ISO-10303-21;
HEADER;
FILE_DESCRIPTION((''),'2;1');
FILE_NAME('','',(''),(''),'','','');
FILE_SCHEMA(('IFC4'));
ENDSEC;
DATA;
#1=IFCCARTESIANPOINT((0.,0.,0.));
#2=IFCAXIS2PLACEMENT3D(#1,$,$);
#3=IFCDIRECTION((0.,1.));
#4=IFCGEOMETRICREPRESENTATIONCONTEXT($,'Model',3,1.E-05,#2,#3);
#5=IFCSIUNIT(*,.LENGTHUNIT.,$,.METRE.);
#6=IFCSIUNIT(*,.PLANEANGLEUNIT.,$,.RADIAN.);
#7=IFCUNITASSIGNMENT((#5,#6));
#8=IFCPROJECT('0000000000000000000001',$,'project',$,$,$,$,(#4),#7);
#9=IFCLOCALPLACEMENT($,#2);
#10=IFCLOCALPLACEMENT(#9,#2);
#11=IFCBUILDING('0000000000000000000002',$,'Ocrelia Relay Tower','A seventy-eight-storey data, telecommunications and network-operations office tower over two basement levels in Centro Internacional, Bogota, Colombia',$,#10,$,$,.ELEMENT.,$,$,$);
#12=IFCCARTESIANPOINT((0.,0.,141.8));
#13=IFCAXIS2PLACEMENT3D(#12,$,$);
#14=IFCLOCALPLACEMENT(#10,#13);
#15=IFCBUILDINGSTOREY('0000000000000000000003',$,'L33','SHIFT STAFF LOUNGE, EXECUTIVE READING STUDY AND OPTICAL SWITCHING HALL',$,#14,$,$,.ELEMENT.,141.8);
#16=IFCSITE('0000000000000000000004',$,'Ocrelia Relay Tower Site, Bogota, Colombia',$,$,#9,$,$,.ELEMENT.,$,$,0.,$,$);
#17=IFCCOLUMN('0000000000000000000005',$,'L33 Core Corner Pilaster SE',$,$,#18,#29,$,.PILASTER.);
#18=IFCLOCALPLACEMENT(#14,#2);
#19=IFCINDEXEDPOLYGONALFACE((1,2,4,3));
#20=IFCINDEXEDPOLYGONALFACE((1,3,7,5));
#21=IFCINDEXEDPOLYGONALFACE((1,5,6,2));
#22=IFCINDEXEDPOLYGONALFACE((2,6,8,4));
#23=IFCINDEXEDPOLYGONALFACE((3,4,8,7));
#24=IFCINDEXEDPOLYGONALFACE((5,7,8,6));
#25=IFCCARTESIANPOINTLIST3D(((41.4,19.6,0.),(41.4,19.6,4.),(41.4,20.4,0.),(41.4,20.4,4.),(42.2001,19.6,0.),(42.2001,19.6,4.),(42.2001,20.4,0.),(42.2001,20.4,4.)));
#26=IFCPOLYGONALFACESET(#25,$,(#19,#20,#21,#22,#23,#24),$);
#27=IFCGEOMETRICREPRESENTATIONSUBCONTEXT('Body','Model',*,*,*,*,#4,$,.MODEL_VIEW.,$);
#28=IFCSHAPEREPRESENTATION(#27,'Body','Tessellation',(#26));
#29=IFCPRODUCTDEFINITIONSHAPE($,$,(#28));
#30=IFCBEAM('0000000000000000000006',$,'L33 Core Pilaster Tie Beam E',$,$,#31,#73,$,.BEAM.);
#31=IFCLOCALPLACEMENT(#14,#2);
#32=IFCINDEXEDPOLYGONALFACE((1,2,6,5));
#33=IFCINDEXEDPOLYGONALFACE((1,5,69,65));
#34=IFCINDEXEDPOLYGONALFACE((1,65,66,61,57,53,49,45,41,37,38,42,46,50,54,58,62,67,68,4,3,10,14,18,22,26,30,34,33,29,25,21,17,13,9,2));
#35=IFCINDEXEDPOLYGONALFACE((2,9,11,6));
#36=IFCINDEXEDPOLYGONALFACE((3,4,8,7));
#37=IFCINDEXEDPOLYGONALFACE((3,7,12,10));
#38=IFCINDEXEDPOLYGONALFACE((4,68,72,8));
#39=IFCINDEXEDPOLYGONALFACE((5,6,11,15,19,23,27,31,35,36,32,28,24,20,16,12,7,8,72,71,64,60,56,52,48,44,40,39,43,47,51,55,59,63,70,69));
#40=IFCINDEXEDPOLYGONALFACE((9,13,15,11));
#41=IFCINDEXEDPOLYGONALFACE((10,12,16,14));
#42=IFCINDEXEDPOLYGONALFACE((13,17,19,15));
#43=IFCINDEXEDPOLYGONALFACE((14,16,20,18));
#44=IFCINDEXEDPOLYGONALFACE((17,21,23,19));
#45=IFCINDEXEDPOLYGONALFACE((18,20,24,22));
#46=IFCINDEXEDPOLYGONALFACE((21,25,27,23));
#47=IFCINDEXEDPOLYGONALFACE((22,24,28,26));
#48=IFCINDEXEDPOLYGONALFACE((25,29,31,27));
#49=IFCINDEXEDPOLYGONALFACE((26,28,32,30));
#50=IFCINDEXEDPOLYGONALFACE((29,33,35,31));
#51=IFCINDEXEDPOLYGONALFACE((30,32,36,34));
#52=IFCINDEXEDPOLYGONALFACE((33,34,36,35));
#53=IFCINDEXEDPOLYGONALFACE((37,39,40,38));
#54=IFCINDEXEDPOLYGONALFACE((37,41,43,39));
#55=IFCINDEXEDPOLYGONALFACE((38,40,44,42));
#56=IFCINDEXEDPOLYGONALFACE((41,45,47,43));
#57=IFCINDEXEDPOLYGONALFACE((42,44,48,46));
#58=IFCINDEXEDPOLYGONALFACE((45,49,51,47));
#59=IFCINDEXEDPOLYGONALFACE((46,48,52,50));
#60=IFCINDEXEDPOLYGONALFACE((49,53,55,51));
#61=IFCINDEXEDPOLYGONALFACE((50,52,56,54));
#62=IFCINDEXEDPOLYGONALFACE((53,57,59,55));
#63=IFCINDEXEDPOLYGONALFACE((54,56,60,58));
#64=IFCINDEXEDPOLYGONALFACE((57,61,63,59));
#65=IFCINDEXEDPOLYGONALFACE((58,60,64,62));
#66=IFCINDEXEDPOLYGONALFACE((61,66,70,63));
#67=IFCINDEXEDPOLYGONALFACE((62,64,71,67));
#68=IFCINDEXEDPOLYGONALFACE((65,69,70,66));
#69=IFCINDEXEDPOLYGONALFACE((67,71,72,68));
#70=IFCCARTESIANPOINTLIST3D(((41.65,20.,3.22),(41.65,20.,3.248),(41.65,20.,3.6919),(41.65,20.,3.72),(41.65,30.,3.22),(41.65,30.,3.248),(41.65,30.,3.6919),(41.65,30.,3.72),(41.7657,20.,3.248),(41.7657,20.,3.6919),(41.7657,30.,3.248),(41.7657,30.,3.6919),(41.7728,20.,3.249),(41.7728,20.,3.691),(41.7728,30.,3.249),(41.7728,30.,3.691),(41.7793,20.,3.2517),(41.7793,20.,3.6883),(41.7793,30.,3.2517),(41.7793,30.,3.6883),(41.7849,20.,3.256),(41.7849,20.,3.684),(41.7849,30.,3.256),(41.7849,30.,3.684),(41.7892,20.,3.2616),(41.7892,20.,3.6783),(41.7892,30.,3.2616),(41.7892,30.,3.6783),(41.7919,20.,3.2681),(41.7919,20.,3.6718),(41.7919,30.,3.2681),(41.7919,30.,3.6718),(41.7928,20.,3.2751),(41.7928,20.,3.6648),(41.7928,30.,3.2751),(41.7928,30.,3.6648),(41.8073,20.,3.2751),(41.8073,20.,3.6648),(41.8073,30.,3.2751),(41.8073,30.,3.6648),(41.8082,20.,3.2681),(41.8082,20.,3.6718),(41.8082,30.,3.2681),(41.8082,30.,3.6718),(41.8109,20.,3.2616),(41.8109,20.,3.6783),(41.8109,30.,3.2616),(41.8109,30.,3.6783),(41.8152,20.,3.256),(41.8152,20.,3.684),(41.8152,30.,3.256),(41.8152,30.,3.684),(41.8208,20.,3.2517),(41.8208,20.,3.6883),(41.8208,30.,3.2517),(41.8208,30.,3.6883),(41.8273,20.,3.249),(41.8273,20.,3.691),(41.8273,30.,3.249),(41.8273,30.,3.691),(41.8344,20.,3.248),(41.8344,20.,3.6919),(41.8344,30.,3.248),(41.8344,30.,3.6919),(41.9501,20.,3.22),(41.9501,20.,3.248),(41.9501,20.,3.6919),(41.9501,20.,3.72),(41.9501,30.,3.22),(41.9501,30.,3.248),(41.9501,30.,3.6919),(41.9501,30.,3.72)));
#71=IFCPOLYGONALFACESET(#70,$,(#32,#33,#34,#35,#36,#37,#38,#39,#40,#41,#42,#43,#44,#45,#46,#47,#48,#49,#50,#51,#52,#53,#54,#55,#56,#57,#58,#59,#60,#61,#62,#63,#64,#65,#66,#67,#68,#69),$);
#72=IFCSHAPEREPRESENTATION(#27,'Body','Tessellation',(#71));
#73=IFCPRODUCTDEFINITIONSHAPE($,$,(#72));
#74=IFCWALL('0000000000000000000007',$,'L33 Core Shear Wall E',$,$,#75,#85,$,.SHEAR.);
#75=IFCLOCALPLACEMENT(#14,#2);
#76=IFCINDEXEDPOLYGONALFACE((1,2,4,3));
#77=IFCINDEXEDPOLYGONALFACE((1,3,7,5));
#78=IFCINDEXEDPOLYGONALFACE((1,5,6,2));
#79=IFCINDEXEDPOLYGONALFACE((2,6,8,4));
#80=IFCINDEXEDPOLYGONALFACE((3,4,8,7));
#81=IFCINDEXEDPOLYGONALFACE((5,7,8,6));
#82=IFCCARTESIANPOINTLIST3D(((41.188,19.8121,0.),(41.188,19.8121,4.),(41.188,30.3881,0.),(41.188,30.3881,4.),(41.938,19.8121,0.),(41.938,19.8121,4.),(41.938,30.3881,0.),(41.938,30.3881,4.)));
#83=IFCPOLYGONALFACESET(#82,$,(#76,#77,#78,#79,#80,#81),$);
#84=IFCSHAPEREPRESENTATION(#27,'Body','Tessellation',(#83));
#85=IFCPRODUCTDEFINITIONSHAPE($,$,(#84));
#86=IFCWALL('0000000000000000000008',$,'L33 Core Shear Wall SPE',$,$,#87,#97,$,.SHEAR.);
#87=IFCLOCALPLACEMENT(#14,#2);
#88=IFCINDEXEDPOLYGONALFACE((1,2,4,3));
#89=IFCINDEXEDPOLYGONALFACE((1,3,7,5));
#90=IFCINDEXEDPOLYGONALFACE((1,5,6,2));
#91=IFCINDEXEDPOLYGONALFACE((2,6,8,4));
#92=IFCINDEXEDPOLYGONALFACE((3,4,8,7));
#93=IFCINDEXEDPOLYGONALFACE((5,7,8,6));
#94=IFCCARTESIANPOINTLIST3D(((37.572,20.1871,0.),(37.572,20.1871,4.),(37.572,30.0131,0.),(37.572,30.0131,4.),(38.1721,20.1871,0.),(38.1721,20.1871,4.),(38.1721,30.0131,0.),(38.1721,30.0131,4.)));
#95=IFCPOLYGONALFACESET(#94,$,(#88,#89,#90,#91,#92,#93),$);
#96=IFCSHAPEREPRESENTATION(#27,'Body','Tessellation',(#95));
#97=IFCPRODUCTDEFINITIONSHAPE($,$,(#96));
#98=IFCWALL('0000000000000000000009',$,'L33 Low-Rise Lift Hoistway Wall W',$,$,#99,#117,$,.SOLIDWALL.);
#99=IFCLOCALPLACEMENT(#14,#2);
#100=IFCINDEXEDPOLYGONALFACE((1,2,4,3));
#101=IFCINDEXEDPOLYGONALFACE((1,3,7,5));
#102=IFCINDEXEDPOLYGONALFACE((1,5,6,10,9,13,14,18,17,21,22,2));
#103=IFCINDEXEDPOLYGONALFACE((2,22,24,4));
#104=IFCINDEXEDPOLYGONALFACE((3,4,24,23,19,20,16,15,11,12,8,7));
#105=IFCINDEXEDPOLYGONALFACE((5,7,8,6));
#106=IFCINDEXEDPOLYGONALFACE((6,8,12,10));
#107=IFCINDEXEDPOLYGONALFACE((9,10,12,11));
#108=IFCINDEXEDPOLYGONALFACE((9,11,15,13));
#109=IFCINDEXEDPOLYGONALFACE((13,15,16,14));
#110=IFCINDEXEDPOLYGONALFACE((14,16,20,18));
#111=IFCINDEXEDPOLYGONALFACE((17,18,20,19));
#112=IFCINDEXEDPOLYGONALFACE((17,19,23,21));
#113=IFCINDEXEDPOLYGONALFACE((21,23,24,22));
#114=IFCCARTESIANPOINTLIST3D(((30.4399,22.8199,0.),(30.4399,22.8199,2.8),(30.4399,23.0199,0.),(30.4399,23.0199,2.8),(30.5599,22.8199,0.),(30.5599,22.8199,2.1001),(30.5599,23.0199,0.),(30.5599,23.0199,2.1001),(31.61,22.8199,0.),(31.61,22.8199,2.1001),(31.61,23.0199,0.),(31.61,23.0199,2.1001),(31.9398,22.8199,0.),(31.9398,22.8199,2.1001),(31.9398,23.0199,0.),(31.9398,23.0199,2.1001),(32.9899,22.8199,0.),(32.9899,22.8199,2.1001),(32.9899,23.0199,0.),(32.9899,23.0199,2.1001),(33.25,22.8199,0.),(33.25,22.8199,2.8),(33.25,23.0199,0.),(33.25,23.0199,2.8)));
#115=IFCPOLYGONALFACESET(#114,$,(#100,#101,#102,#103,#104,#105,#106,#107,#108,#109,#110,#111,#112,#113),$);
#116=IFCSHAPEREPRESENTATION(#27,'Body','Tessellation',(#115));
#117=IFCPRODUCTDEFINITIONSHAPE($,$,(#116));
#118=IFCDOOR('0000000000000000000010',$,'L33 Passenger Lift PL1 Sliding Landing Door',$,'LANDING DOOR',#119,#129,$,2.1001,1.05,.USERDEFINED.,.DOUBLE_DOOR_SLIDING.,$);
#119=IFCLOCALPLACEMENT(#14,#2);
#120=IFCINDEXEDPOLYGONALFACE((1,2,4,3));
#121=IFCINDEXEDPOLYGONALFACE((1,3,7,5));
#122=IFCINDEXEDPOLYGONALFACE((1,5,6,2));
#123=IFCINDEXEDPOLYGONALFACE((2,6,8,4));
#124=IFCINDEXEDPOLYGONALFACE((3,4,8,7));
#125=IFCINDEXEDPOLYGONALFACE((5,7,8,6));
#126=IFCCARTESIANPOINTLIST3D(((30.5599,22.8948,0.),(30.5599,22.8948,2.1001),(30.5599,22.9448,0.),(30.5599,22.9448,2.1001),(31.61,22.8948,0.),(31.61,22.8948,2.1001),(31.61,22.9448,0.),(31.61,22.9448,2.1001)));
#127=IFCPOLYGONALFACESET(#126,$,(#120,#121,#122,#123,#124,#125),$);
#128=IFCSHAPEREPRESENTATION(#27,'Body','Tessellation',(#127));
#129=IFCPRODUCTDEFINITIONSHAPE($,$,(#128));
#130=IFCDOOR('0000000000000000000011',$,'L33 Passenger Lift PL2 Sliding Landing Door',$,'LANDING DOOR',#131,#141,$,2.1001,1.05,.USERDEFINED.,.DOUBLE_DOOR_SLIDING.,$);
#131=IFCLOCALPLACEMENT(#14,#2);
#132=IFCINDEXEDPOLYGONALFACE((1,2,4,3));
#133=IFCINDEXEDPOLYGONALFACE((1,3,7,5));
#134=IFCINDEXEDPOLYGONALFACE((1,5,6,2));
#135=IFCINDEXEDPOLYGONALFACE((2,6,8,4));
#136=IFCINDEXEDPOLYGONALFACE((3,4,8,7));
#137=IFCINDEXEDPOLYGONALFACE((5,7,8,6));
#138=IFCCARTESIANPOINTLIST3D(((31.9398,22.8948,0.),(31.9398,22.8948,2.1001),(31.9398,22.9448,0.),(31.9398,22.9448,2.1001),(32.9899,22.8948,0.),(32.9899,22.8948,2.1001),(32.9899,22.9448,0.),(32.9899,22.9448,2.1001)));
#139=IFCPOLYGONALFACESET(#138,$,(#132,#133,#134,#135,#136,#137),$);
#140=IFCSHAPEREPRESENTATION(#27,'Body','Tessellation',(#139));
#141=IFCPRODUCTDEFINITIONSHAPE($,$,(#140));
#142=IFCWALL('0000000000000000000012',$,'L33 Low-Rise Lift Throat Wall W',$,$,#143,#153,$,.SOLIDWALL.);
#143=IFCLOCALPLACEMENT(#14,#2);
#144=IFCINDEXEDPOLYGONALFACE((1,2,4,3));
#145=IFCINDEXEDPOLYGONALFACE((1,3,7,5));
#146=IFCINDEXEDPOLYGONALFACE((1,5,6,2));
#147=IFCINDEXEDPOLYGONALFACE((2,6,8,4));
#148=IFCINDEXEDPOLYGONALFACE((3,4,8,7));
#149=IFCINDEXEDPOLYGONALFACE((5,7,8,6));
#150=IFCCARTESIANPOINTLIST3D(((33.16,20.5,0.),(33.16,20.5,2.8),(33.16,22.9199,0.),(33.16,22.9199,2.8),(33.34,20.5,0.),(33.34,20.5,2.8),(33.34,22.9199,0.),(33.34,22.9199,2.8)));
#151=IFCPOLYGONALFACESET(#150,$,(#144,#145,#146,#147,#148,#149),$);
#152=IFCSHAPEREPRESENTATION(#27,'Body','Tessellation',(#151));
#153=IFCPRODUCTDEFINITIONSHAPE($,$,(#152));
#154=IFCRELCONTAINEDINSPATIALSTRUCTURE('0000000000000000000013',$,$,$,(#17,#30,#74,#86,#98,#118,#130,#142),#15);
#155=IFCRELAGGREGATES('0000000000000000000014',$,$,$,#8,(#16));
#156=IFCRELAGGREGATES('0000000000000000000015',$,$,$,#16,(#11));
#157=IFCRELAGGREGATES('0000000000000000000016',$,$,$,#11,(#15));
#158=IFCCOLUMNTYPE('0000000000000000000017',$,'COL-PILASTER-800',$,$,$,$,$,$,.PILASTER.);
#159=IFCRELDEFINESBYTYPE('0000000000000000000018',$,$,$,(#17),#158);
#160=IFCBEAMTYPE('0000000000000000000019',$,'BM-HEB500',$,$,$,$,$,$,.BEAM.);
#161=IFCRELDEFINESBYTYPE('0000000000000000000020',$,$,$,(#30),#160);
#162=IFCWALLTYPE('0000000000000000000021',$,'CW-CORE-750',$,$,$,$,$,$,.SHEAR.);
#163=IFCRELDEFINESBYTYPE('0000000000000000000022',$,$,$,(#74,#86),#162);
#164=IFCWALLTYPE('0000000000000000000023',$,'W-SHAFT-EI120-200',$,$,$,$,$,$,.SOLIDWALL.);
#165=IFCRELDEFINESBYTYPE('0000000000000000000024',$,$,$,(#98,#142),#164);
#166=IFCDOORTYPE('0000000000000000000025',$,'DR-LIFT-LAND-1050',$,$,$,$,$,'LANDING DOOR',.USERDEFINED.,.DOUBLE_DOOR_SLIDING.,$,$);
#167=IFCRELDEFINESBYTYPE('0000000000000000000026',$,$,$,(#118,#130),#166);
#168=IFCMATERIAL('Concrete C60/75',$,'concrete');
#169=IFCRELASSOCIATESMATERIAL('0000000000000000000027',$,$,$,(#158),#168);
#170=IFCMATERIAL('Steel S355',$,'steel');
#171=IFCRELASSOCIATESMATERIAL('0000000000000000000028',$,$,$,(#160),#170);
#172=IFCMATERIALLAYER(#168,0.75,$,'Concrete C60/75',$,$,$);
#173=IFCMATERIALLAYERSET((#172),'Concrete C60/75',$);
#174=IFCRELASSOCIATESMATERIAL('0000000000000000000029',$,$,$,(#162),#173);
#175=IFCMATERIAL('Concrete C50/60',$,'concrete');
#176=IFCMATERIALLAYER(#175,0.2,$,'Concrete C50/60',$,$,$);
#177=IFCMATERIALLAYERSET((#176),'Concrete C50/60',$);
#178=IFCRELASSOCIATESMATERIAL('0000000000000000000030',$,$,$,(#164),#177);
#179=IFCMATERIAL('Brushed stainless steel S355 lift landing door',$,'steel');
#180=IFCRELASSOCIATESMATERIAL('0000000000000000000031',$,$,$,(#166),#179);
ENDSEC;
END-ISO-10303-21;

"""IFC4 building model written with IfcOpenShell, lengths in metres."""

from ifc_helpers import new_model, si_unit, direction, frame, frame_2d, origin, origin_2d, place, context, subcontext, project, spatial, rectangle, i_section, extrude, material, layer, layer_set, material_profile, profile_set, type_object, element, fill, save


model = new_model("IFC4")

# Units and contexts
model_context = context("Model", 3, precision=1e-05, world=origin(), true_north=direction((0.0, 1.0)))
body_context = subcontext(model_context, "Body", "Model", "MODEL_VIEW")
ifc_project = project(units=[si_unit("LENGTHUNIT", "METRE"), si_unit("PLANEANGLEUNIT", "RADIAN")], contexts=[model_context])

# Site, building, storey
site_placement = place(None, origin())
site = spatial("IfcSite", under=ifc_project, at=site_placement, Name="Ocrelia Relay Tower Site, Bogota, Colombia", CompositionType="ELEMENT", RefElevation=0.0)
building_placement = place(site_placement, origin())
building = spatial("IfcBuilding", under=site, at=building_placement, Name="Ocrelia Relay Tower", Description="A seventy-eight-storey data, telecommunications and network-operations office tower over two basement levels in Centro Internacional, Bogota, Colombia", CompositionType="ELEMENT")
storey_placement = place(building_placement, frame((0.0, 0.0, 141.8)))
storey = spatial("IfcBuildingStorey", under=building, at=storey_placement, Name="L33", Description="SHIFT STAFF LOUNGE, EXECUTIVE READING STUDY AND OPTICAL SWITCHING HALL", CompositionType="ELEMENT", Elevation=141.8)

# Column
ifc_material_1 = material(Name="Concrete C60/75", Category="concrete")
ifc_material_profile_1 = material_profile(ifc_material_1, rectangle(XDim=0.8, YDim=0.8, at=origin_2d()), Name="RC-COL-800x800")
ifc_profile_set_1 = profile_set([ifc_material_profile_1], Name="Concrete C60/75")
column_type = type_object("IfcColumnType", Name="COL-PILASTER-800", PredefinedType="PILASTER", material=ifc_profile_set_1)
column_placement = place(storey_placement, frame((41.8, 20.0, 0.0), z_axis=(0.0, 0.0, 1.0), x_axis=(1.0, 0.0, 0.0)))
element("IfcColumn", 1, at=column_placement, inside=storey, type_object=column_type, Name="L33 Core Corner Pilaster SE", PredefinedType="PILASTER", context=body_context, shape_type="SweptSolid", body=[
    extrude(rectangle(XDim=0.8, YDim=0.8, at=origin_2d()), origin(), (0.0, 0.0, 1.0), 4.0),
])

# Beam
ifc_material_2 = material(Name="Steel S355", Category="steel")
ifc_material_profile_2 = material_profile(ifc_material_2, i_section(OverallWidth=0.3, OverallDepth=0.5, WebThickness=0.0144, FlangeThickness=0.0281, FilletRadius=0.0271, at=origin_2d()), Name="HEB 500")
ifc_profile_set_2 = profile_set([ifc_material_profile_2], Name="Steel S355")
beam_type = type_object("IfcBeamType", Name="BM-HEB500", PredefinedType="BEAM", material=ifc_profile_set_2)
beam_placement = place(storey_placement, frame((41.8, 20.0, 3.47), z_axis=(0.0, 1.0, 0.0), x_axis=(-1.0, 0.0, 0.0)))
element("IfcBeam", 2, at=beam_placement, inside=storey, type_object=beam_type, Name="L33 Core Pilaster Tie Beam E", PredefinedType="BEAM", context=body_context, shape_type="SweptSolid", body=[
    extrude(i_section(OverallWidth=0.3, OverallDepth=0.5, WebThickness=0.0144, FlangeThickness=0.0281, FilletRadius=0.0271, at=origin_2d()), origin(), (0.0, 0.0, 1.0), 10.0),
])

# Walls
ifc_layer_1 = layer(ifc_material_1, 0.75, Name="Concrete C60/75")
ifc_layer_set_1 = layer_set([ifc_layer_1], Name="Concrete C60/75")
wall_type_1 = type_object("IfcWallType", Name="CW-CORE-750", PredefinedType="SHEAR", material=ifc_layer_set_1)
wall_1_placement = place(storey_placement, frame((41.563, 19.812, 0.0), z_axis=(0.0, 0.0, 1.0), x_axis=(0.0, 1.0, 0.0)))
element("IfcWall", 3, at=wall_1_placement, inside=storey, type_object=wall_type_1, Name="L33 Core Shear Wall E", PredefinedType="SHEAR", context=body_context, shape_type="SweptSolid", body=[
    extrude(rectangle(XDim=10.5759, YDim=0.75, at=frame_2d((5.2881, 0.0))), origin(), (0.0, 0.0, 1.0), 4.0),
])
wall_2_placement = place(storey_placement, frame((37.8721, 20.187, 0.0), z_axis=(0.0, 0.0, 1.0), x_axis=(0.0, 1.0, 0.0)))
element("IfcWall", 4, at=wall_2_placement, inside=storey, type_object=wall_type_1, Name="L33 Core Shear Wall SPE", PredefinedType="SHEAR", context=body_context, shape_type="SweptSolid", body=[
    extrude(rectangle(XDim=9.8259, YDim=0.6001, at=frame_2d((4.9131, 0.0))), origin(), (0.0, 0.0, 1.0), 4.0),
])

# Wall, openings, doors
ifc_material_3 = material(Name="Concrete C50/60", Category="concrete")
ifc_layer_2 = layer(ifc_material_3, 0.2, Name="Concrete C50/60")
ifc_layer_set_2 = layer_set([ifc_layer_2], Name="Concrete C50/60")
wall_type_2 = type_object("IfcWallType", Name="W-SHAFT-EI120-200", PredefinedType="SOLIDWALL", material=ifc_layer_set_2)
wall_3_placement = place(storey_placement, frame((30.4399, 22.9199, 0.0), z_axis=(0.0, 0.0, 1.0), x_axis=(1.0, 0.0, 0.0)))
wall_3 = element("IfcWall", 5, at=wall_3_placement, inside=storey, type_object=wall_type_2, Name="L33 Low-Rise Lift Hoistway Wall W", PredefinedType="SOLIDWALL", context=body_context, shape_type="SweptSolid", body=[
    extrude(rectangle(XDim=2.8101, YDim=0.2, at=frame_2d((1.405, 0.0))), origin(), (0.0, 0.0, 1.0), 2.8),
])
opening_1_placement = place(wall_3_placement, frame((0.1201, 0.0, 0.0)))
opening_1 = element("IfcOpeningElement", 6, at=opening_1_placement, cuts=wall_3, PredefinedType="OPENING", context=body_context, shape_type="SweptSolid", body=[
    extrude(rectangle(XDim=1.05, YDim=2.1001, at=frame_2d((0.5249, 1.05))), frame((0.0, 0.1099, 0.0), z_axis=(0.0, -1.0, 0.0), x_axis=(1.0, 0.0, 0.0)), (0.0, 0.0, 1.0), 0.22),
])
opening_2_placement = place(wall_3_placement, frame((1.5, 0.0, 0.0)))
opening_2 = element("IfcOpeningElement", 7, at=opening_2_placement, cuts=wall_3, PredefinedType="OPENING", context=body_context, shape_type="SweptSolid", body=[
    extrude(rectangle(XDim=1.05, YDim=2.1001, at=frame_2d((0.5249, 1.05))), frame((0.0, 0.1099, 0.0), z_axis=(0.0, -1.0, 0.0), x_axis=(1.0, 0.0, 0.0)), (0.0, 0.0, 1.0), 0.22),
])
ifc_material_4 = material(Name="Brushed stainless steel S355 lift landing door", Category="steel")
door_type = type_object("IfcDoorType", Name="DR-LIFT-LAND-1050", ElementType="LANDING DOOR", OperationType="DOUBLE_DOOR_SLIDING", PredefinedType="USERDEFINED", material=ifc_material_4)
door_1_placement = place(opening_1_placement, origin())
door_1 = element("IfcDoor", 8, at=door_1_placement, inside=storey, type_object=door_type, Name="L33 Passenger Lift PL1 Sliding Landing Door", ObjectType="LANDING DOOR", OperationType="DOUBLE_DOOR_SLIDING", OverallHeight=2.1001, OverallWidth=1.05, PredefinedType="USERDEFINED", context=body_context, shape_type="SweptSolid", body=[
    extrude(rectangle(XDim=1.05, YDim=2.1001, at=frame_2d((0.5249, 1.05))), frame((0.0, 0.0249, 0.0), z_axis=(0.0, -1.0, 0.0), x_axis=(1.0, 0.0, 0.0)), (0.0, 0.0, 1.0), 0.05),
])
fill(opening_1, door_1)
door_2_placement = place(opening_2_placement, origin())
door_2 = element("IfcDoor", 9, at=door_2_placement, inside=storey, type_object=door_type, Name="L33 Passenger Lift PL2 Sliding Landing Door", ObjectType="LANDING DOOR", OperationType="DOUBLE_DOOR_SLIDING", OverallHeight=2.1001, OverallWidth=1.05, PredefinedType="USERDEFINED", context=body_context, shape_type="SweptSolid", body=[
    extrude(rectangle(XDim=1.05, YDim=2.1001, at=frame_2d((0.5249, 1.05))), frame((0.0, 0.0249, 0.0), z_axis=(0.0, -1.0, 0.0), x_axis=(1.0, 0.0, 0.0)), (0.0, 0.0, 1.0), 0.05),
])
fill(opening_2, door_2)

# Wall
wall_4_placement = place(storey_placement, frame((33.25, 20.5, 0.0), z_axis=(0.0, 0.0, 1.0), x_axis=(0.0, 1.0, 0.0)))
element("IfcWall", 10, at=wall_4_placement, inside=storey, type_object=wall_type_2, Name="L33 Low-Rise Lift Throat Wall W", PredefinedType="SOLIDWALL", context=body_context, shape_type="SweptSolid", body=[
    extrude(rectangle(XDim=2.4199, YDim=0.1799, at=frame_2d((1.21, 0.0))), origin(), (0.0, 0.0, 1.0), 2.8),
])

save(model, "model.ifc")
